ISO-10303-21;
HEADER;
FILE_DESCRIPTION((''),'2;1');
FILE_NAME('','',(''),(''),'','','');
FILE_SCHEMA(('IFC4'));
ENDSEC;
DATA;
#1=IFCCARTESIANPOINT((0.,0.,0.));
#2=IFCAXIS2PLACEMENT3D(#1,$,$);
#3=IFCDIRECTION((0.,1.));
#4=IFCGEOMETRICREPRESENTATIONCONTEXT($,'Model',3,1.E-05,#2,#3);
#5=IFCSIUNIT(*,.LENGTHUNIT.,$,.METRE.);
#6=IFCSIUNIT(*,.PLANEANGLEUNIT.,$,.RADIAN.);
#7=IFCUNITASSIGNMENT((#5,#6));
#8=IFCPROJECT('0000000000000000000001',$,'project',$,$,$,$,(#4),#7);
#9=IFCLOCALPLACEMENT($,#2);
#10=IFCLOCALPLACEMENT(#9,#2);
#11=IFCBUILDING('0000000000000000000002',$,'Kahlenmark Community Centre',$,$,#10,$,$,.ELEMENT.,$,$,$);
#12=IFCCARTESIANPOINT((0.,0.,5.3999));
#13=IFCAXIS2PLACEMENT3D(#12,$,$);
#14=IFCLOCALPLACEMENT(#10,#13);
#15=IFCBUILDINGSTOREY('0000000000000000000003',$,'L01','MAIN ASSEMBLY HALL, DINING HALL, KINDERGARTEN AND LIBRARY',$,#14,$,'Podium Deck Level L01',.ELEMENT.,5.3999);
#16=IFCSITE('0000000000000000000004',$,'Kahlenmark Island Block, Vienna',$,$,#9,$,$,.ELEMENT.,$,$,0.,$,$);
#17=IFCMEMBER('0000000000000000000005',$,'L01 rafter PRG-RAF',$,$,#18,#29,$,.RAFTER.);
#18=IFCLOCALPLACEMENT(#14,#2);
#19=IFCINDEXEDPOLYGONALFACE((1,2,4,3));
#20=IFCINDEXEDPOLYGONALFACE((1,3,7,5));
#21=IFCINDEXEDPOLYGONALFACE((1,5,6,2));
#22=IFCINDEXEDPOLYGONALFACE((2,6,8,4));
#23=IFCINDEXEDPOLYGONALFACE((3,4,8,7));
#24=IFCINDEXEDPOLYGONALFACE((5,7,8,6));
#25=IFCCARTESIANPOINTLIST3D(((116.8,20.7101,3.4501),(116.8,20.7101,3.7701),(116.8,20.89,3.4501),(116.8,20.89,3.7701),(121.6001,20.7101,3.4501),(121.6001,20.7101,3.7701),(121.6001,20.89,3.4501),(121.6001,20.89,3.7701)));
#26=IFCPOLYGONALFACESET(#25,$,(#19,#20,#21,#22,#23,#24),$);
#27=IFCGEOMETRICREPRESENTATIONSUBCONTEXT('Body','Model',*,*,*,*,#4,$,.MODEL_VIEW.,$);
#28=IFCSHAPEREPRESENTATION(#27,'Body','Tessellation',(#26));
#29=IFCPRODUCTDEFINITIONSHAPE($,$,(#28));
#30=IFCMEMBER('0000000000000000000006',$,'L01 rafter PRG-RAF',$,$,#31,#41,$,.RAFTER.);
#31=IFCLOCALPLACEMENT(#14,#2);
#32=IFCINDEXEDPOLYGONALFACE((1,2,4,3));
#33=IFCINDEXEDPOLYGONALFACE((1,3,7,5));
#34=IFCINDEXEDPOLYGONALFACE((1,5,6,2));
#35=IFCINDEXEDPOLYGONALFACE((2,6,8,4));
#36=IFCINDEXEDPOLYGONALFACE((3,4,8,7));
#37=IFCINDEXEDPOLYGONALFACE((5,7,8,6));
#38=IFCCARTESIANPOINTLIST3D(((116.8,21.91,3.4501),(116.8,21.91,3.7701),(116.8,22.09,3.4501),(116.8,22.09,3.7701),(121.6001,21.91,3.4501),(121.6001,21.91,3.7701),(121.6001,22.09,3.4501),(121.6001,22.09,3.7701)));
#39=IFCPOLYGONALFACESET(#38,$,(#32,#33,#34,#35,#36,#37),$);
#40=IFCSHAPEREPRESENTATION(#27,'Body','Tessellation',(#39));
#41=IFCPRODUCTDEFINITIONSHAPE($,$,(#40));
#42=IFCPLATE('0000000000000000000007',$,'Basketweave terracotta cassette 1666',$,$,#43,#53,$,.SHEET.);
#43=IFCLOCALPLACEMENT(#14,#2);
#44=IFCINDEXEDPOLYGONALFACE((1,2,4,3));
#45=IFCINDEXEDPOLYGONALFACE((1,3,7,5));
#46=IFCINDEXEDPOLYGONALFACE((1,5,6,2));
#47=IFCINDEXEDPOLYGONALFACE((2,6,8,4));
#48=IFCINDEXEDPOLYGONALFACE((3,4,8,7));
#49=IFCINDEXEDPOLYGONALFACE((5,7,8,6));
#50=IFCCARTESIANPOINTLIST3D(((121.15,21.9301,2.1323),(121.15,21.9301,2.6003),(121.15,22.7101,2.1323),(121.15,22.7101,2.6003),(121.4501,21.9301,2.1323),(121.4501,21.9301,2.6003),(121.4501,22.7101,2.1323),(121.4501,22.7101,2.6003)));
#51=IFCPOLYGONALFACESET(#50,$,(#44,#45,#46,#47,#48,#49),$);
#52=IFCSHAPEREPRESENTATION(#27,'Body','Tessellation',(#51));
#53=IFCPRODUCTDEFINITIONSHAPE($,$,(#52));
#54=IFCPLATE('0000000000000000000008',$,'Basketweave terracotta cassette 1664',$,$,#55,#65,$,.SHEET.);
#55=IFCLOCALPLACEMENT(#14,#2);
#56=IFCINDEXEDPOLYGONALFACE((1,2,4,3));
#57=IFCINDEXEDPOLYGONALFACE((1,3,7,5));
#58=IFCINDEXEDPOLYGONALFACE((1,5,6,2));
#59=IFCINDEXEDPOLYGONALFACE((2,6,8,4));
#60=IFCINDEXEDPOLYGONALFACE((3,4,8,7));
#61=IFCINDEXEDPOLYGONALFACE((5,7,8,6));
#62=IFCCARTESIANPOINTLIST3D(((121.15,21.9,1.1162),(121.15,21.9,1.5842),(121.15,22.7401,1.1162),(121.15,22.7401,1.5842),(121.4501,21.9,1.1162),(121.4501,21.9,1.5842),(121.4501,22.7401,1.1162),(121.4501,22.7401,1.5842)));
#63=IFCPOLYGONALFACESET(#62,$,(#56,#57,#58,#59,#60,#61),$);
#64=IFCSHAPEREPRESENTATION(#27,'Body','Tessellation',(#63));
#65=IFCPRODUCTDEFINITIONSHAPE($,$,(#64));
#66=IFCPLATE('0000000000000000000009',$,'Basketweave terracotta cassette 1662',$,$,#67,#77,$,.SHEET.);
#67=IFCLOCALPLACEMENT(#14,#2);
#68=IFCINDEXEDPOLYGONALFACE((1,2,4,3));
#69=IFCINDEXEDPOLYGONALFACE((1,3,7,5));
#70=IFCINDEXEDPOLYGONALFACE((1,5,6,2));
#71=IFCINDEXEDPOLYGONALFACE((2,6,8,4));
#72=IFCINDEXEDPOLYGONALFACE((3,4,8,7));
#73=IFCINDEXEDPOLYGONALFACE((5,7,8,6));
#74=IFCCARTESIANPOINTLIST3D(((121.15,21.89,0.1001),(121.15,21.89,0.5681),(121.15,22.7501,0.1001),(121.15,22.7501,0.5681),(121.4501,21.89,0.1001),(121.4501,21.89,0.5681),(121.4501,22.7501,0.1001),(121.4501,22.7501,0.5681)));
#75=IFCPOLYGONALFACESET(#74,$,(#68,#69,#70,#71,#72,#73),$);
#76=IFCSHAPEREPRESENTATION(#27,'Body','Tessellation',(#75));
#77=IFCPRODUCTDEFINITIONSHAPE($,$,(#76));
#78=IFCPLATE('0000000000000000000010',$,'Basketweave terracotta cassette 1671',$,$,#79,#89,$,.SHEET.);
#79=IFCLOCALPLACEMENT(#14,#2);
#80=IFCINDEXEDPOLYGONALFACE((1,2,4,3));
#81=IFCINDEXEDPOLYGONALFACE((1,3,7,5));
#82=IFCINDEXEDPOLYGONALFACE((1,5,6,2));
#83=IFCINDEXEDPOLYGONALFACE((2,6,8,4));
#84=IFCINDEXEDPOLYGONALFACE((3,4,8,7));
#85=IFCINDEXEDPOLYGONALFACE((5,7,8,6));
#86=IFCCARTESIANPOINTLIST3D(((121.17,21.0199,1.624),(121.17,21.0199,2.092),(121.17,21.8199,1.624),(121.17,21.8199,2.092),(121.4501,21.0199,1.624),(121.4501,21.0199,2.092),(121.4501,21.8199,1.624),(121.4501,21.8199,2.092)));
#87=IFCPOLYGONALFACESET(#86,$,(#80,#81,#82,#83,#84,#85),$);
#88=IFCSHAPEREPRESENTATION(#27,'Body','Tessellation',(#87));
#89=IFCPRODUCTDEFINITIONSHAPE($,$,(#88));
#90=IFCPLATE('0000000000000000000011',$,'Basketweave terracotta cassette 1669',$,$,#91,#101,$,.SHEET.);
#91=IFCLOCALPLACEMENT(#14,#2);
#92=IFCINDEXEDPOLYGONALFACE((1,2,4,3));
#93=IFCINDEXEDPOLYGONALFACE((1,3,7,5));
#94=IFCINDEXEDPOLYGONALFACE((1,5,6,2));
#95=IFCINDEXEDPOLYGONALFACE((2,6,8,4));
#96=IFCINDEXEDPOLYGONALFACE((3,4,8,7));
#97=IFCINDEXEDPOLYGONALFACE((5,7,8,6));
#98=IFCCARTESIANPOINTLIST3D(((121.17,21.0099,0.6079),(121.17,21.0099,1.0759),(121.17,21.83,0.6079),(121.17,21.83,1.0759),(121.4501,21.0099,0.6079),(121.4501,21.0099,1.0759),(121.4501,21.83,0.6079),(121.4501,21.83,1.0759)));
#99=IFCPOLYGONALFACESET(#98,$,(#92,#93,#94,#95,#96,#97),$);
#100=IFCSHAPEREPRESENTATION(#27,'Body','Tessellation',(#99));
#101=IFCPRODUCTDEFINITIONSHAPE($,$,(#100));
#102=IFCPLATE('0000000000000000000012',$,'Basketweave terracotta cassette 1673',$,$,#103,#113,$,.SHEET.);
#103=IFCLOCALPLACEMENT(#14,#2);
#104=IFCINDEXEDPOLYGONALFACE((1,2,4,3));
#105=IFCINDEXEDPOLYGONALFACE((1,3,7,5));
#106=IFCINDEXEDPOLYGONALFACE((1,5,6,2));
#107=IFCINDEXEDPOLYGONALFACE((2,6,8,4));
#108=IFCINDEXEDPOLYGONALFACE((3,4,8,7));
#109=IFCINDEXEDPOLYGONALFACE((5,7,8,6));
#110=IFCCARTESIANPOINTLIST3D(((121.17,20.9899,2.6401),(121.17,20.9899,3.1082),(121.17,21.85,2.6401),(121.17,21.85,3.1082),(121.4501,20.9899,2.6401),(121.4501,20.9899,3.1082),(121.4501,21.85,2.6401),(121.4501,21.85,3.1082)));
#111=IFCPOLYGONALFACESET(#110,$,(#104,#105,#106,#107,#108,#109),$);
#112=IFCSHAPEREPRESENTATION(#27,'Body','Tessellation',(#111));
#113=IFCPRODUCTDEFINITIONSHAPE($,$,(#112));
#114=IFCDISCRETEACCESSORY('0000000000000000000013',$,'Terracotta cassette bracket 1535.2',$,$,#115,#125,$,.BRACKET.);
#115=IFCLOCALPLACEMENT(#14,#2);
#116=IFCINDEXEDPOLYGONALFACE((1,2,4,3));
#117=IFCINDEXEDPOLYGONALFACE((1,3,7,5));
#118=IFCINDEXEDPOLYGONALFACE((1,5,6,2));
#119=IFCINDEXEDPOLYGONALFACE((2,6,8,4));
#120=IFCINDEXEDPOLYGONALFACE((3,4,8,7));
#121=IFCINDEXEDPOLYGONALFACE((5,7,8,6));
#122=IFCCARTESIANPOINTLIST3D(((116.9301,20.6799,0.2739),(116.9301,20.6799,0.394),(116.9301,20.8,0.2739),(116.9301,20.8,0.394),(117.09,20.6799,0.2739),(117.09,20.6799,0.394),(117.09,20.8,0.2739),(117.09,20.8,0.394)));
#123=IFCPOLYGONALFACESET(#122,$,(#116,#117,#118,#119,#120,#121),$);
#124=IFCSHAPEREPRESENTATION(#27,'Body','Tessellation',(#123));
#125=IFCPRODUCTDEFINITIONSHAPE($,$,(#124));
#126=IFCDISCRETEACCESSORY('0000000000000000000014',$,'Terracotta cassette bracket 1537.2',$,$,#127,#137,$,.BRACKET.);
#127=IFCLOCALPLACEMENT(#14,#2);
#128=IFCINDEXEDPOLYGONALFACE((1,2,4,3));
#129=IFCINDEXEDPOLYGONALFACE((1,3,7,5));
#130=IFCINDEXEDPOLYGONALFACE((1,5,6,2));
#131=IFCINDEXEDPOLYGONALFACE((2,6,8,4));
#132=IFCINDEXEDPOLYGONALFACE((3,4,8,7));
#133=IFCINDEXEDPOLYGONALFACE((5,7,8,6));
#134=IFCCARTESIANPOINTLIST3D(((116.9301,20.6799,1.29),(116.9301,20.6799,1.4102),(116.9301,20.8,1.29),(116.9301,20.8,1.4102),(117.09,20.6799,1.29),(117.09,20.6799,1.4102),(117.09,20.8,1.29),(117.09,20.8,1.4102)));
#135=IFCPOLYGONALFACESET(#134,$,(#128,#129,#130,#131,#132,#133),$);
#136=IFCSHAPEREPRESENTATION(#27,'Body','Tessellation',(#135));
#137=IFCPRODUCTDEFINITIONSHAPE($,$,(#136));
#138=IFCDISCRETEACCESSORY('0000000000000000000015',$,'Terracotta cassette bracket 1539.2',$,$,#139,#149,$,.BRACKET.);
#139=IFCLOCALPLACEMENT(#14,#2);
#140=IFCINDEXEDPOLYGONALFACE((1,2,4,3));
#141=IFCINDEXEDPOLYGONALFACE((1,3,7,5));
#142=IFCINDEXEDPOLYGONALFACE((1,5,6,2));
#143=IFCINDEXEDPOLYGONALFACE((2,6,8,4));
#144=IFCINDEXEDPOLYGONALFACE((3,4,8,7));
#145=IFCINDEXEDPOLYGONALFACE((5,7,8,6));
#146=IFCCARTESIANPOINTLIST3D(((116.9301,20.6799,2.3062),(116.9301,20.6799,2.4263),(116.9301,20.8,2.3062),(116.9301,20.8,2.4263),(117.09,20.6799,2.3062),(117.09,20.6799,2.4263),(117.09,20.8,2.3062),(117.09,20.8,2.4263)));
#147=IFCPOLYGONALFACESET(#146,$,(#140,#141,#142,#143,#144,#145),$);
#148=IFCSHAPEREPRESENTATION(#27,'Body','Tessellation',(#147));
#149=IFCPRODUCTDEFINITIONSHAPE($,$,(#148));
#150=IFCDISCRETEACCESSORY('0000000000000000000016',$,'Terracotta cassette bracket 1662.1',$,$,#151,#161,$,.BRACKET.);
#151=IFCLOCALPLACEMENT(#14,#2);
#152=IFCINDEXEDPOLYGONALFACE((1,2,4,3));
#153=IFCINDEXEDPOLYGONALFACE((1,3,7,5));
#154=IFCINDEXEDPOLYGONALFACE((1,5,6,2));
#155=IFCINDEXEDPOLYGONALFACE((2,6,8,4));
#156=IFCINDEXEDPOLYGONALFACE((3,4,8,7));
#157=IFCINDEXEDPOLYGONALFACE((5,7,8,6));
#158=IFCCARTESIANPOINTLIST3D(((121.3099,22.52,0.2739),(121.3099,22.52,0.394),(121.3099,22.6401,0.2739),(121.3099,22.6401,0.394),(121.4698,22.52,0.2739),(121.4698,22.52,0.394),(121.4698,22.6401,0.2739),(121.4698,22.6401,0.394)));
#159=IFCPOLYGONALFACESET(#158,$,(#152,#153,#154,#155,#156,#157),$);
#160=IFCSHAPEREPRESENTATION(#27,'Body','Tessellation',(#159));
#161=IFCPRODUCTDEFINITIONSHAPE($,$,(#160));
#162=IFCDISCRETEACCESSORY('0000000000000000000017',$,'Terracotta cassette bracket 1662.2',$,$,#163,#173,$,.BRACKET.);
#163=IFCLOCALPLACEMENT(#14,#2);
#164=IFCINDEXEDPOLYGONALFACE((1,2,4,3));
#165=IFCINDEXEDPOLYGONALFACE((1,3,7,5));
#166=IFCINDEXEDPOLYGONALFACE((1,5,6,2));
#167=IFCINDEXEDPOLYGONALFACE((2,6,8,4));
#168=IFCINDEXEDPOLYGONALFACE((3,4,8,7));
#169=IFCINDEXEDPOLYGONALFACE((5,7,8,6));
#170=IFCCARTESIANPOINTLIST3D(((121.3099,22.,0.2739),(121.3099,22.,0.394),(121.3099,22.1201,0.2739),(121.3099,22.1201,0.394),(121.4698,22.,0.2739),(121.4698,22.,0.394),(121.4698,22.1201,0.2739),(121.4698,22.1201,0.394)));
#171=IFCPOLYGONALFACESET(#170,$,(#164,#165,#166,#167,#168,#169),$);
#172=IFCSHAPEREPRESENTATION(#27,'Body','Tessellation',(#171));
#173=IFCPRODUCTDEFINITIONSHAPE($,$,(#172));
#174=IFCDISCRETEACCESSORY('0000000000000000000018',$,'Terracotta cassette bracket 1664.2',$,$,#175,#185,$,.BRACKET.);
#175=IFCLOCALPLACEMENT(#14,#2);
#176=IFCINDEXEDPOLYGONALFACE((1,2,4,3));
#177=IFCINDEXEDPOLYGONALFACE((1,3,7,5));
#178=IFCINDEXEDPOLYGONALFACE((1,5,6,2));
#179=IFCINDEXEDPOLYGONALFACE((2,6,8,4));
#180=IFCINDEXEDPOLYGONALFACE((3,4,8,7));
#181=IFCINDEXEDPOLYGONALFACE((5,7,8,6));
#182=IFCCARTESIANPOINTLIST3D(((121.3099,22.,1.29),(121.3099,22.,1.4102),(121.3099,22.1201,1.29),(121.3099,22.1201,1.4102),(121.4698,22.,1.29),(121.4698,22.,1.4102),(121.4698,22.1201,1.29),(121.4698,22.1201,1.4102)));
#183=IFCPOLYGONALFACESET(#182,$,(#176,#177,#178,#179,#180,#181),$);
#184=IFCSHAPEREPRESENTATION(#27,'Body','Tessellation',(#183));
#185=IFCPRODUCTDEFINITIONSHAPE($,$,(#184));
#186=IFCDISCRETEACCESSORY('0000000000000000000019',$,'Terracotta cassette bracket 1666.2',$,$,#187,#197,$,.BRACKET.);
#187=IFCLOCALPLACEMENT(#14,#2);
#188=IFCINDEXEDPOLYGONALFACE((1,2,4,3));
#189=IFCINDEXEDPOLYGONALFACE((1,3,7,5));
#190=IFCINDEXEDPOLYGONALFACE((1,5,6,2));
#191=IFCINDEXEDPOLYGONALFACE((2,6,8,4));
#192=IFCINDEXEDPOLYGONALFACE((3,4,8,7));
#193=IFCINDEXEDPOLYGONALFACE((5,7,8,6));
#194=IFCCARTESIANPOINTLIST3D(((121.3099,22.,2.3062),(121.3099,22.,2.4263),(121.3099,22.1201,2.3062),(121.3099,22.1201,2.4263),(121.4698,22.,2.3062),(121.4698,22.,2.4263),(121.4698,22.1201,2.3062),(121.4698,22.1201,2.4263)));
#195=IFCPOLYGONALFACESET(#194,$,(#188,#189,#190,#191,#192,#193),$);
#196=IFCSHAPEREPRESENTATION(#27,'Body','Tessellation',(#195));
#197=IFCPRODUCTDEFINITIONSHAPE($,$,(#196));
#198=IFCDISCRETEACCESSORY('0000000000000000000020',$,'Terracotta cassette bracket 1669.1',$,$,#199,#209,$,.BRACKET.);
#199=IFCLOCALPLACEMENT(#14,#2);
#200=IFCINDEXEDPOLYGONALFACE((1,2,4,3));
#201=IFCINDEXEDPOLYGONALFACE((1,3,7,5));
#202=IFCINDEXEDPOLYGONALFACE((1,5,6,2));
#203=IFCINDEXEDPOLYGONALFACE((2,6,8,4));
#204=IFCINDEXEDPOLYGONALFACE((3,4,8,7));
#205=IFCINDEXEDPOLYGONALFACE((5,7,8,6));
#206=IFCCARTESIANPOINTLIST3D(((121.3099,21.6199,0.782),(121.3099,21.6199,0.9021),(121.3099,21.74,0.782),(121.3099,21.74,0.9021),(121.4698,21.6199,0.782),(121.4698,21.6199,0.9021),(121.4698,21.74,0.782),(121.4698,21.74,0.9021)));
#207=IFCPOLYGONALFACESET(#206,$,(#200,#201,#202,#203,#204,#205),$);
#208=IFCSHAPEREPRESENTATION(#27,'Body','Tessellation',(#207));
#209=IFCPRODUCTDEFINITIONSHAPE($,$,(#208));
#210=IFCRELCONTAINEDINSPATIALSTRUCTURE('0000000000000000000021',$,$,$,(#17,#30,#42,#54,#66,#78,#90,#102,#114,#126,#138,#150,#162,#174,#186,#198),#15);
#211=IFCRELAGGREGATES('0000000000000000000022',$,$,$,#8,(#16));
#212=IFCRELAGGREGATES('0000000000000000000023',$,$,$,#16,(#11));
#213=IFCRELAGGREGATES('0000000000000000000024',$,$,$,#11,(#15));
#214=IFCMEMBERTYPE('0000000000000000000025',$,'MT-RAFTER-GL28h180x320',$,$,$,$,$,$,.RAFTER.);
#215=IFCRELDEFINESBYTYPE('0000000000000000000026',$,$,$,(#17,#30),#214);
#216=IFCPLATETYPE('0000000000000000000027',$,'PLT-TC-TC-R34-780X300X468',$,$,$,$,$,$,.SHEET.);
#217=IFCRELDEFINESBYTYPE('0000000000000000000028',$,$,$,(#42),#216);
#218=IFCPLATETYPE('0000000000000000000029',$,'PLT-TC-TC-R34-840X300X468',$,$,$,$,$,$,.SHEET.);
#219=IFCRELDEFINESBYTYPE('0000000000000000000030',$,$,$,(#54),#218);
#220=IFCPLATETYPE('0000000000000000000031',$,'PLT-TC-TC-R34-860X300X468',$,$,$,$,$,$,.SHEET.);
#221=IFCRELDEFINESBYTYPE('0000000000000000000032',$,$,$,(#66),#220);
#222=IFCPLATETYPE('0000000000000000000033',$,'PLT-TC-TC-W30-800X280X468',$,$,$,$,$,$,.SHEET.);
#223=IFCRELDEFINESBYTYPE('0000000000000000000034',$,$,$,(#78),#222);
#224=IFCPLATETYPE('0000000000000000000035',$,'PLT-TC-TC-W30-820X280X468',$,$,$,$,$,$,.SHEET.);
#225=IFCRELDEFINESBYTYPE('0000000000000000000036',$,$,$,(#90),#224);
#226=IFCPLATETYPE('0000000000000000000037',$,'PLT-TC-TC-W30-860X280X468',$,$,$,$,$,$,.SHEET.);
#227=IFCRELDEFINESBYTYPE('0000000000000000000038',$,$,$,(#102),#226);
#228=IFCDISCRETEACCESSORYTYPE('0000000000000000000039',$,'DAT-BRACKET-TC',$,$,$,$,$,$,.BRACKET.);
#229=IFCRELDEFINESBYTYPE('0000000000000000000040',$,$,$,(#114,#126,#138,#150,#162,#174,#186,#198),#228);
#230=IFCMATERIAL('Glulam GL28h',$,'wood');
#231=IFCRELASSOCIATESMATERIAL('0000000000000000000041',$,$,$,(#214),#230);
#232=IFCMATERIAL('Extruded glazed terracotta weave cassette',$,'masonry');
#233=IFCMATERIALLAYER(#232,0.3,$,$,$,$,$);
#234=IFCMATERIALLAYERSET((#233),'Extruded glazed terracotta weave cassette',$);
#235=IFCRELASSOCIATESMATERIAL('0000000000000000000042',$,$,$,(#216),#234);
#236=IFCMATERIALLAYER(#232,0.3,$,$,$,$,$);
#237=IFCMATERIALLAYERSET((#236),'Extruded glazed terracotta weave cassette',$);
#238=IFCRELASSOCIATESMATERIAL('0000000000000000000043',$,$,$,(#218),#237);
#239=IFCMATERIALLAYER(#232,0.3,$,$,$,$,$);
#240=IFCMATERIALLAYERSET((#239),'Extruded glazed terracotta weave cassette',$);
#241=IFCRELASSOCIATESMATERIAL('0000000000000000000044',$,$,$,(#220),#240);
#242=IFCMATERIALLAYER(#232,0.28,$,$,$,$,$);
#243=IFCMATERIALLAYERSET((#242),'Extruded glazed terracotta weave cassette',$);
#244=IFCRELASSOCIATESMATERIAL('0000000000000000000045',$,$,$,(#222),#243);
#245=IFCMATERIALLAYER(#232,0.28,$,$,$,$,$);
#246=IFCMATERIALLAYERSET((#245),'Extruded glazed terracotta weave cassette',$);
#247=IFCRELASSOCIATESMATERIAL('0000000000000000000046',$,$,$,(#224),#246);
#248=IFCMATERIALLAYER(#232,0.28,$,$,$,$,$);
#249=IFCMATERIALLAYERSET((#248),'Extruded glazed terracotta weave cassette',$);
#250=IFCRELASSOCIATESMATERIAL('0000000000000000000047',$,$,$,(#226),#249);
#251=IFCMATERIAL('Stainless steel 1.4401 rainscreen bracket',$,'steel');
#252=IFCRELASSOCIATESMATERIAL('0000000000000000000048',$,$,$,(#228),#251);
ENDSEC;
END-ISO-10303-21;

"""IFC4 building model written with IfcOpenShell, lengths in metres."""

from ifc_helpers import new_model, si_unit, direction, frame, origin, origin_2d, place, context, subcontext, project, spatial, rectangle, extrude, material, layer, layer_set, material_profile, profile_set, type_object, element, save


model = new_model("IFC4")

# Units and contexts
model_context = context("Model", 3, precision=1e-05, world=origin(), true_north=direction((0.0, 1.0)))
body_context = subcontext(model_context, "Body", "Model", "MODEL_VIEW")
ifc_project = project(units=[si_unit("LENGTHUNIT", "METRE"), si_unit("PLANEANGLEUNIT", "RADIAN")], contexts=[model_context])

# Site, building, storey
site_placement = place(None, origin())
site = spatial("IfcSite", under=ifc_project, at=site_placement, Name="Kahlenmark Island Block, Vienna", CompositionType="ELEMENT", RefElevation=0.0)
building_placement = place(site_placement, origin())
building = spatial("IfcBuilding", under=site, at=building_placement, Name="Kahlenmark Community Centre", CompositionType="ELEMENT")
storey_placement = place(building_placement, frame((0.0, 0.0, 5.3999)))
storey = spatial("IfcBuildingStorey", under=building, at=storey_placement, Name="L01", Description="MAIN ASSEMBLY HALL, DINING HALL, KINDERGARTEN AND LIBRARY", LongName="Podium Deck Level L01", CompositionType="ELEMENT", Elevation=5.3999)

# Members
ifc_material_1 = material(Name="Glulam GL28h", Category="wood")
ifc_material_profile = material_profile(ifc_material_1, rectangle(XDim=0.1799, YDim=0.3201, at=origin_2d()), Name="GL28h 180x320")
ifc_profile_set = profile_set([ifc_material_profile], Name="Glulam GL28h")
member_type = type_object("IfcMemberType", Name="MT-RAFTER-GL28h180x320", PredefinedType="RAFTER", material=ifc_profile_set)
for number, where, z_axis, x_axis, name in (
    (1, (116.8, 20.8, 3.6101), (1.0, 0.0, 0.0), (0.0, 1.0, 0.0), "L01 rafter PRG-RAF"),
    (2, (116.8, 22.0, 3.6101), (1.0, 0.0, 0.0), (0.0, 1.0, 0.0), "L01 rafter PRG-RAF"),
):
    element("IfcMember", number, at=place(storey_placement, frame(where, z_axis=z_axis, x_axis=x_axis)), inside=storey, type_object=member_type, Name=name, PredefinedType="RAFTER", context=body_context, shape_type="SweptSolid", body=[
        extrude(rectangle(XDim=0.1799, YDim=0.3201, at=origin_2d()), origin(), (0.0, 0.0, 1.0), 4.8),
    ])

# Plates
ifc_material_2 = material(Name="Extruded glazed terracotta weave cassette", Category="masonry")
ifc_layer_1 = layer(ifc_material_2, 0.3)
ifc_layer_set_1 = layer_set([ifc_layer_1], Name="Extruded glazed terracotta weave cassette")
plate_type_1 = type_object("IfcPlateType", Name="PLT-TC-TC-R34-780X300X468", PredefinedType="SHEET", material=ifc_layer_set_1)
plate_1_placement = place(storey_placement, frame((121.3, 22.3201, 2.1323), z_axis=(0.0, 0.0, 1.0), x_axis=(0.0, -1.0, 0.0)))
element("IfcPlate", 3, at=plate_1_placement, inside=storey, type_object=plate_type_1, Name="Basketweave terracotta cassette 1666", PredefinedType="SHEET", context=body_context, shape_type="SweptSolid", body=[
    extrude(rectangle(XDim=0.78, YDim=0.3, at=origin_2d()), origin(), (0.0, 0.0, 1.0), 0.468),
])
ifc_layer_2 = layer(ifc_material_2, 0.3)
ifc_layer_set_2 = layer_set([ifc_layer_2], Name="Extruded glazed terracotta weave cassette")
plate_type_2 = type_object("IfcPlateType", Name="PLT-TC-TC-R34-840X300X468", PredefinedType="SHEET", material=ifc_layer_set_2)
plate_2_placement = place(storey_placement, frame((121.3, 22.3201, 1.1162), z_axis=(0.0, 0.0, 1.0), x_axis=(0.0, -1.0, 0.0)))
element("IfcPlate", 4, at=plate_2_placement, inside=storey, type_object=plate_type_2, Name="Basketweave terracotta cassette 1664", PredefinedType="SHEET", context=body_context, shape_type="SweptSolid", body=[
    extrude(rectangle(XDim=0.8401, YDim=0.3, at=origin_2d()), origin(), (0.0, 0.0, 1.0), 0.468),
])
ifc_layer_3 = layer(ifc_material_2, 0.3)
ifc_layer_set_3 = layer_set([ifc_layer_3], Name="Extruded glazed terracotta weave cassette")
plate_type_3 = type_object("IfcPlateType", Name="PLT-TC-TC-R34-860X300X468", PredefinedType="SHEET", material=ifc_layer_set_3)
plate_3_placement = place(storey_placement, frame((121.3, 22.3201, 0.1001), z_axis=(0.0, 0.0, 1.0), x_axis=(0.0, -1.0, 0.0)))
element("IfcPlate", 5, at=plate_3_placement, inside=storey, type_object=plate_type_3, Name="Basketweave terracotta cassette 1662", PredefinedType="SHEET", context=body_context, shape_type="SweptSolid", body=[
    extrude(rectangle(XDim=0.8601, YDim=0.3, at=origin_2d()), origin(), (0.0, 0.0, 1.0), 0.468),
])
ifc_layer_4 = layer(ifc_material_2, 0.28)
ifc_layer_set_4 = layer_set([ifc_layer_4], Name="Extruded glazed terracotta weave cassette")
plate_type_4 = type_object("IfcPlateType", Name="PLT-TC-TC-W30-800X280X468", PredefinedType="SHEET", material=ifc_layer_set_4)
plate_4_placement = place(storey_placement, frame((121.3101, 21.4199, 1.624), z_axis=(0.0, 0.0, 1.0), x_axis=(0.0, -1.0, 0.0)))
element("IfcPlate", 6, at=plate_4_placement, inside=storey, type_object=plate_type_4, Name="Basketweave terracotta cassette 1671", PredefinedType="SHEET", context=body_context, shape_type="SweptSolid", body=[
    extrude(rectangle(XDim=0.8, YDim=0.28, at=origin_2d()), origin(), (0.0, 0.0, 1.0), 0.468),
])
ifc_layer_5 = layer(ifc_material_2, 0.28)
ifc_layer_set_5 = layer_set([ifc_layer_5], Name="Extruded glazed terracotta weave cassette")
plate_type_5 = type_object("IfcPlateType", Name="PLT-TC-TC-W30-820X280X468", PredefinedType="SHEET", material=ifc_layer_set_5)
plate_5_placement = place(storey_placement, frame((121.3101, 21.4199, 0.6079), z_axis=(0.0, 0.0, 1.0), x_axis=(0.0, -1.0, 0.0)))
element("IfcPlate", 7, at=plate_5_placement, inside=storey, type_object=plate_type_5, Name="Basketweave terracotta cassette 1669", PredefinedType="SHEET", context=body_context, shape_type="SweptSolid", body=[
    extrude(rectangle(XDim=0.8201, YDim=0.28, at=origin_2d()), origin(), (0.0, 0.0, 1.0), 0.468),
])
ifc_layer_6 = layer(ifc_material_2, 0.28)
ifc_layer_set_6 = layer_set([ifc_layer_6], Name="Extruded glazed terracotta weave cassette")
plate_type_6 = type_object("IfcPlateType", Name="PLT-TC-TC-W30-860X280X468", PredefinedType="SHEET", material=ifc_layer_set_6)
plate_6_placement = place(storey_placement, frame((121.3101, 21.4199, 2.6401), z_axis=(0.0, 0.0, 1.0), x_axis=(0.0, -1.0, 0.0)))
element("IfcPlate", 8, at=plate_6_placement, inside=storey, type_object=plate_type_6, Name="Basketweave terracotta cassette 1673", PredefinedType="SHEET", context=body_context, shape_type="SweptSolid", body=[
    extrude(rectangle(XDim=0.8601, YDim=0.28, at=origin_2d()), origin(), (0.0, 0.0, 1.0), 0.468),
])

# Discrete accessories
ifc_material_3 = material(Name="Stainless steel 1.4401 rainscreen bracket", Category="steel")
discrete_accessory_type = type_object("IfcDiscreteAccessoryType", Name="DAT-BRACKET-TC", PredefinedType="BRACKET", material=ifc_material_3)
for number, where, z_axis, x_axis, name in (
    (9, (117.01, 20.74, 0.2739), (0.0, 0.0, 1.0), (0.0, 1.0, 0.0), "Terracotta cassette bracket 1535.2"),
    (10, (117.01, 20.74, 1.29), (0.0, 0.0, 1.0), (0.0, 1.0, 0.0), "Terracotta cassette bracket 1537.2"),
    (11, (117.01, 20.74, 2.3062), (0.0, 0.0, 1.0), (0.0, 1.0, 0.0), "Terracotta cassette bracket 1539.2"),
    (12, (121.3899, 22.5801, 0.2739), (0.0, 0.0, 1.0), (0.0, -1.0, 0.0), "Terracotta cassette bracket 1662.1"),
    (13, (121.3899, 22.0601, 0.2739), (0.0, 0.0, 1.0), (0.0, -1.0, 0.0), "Terracotta cassette bracket 1662.2"),
    (14, (121.3899, 22.0601, 1.29), (0.0, 0.0, 1.0), (0.0, -1.0, 0.0), "Terracotta cassette bracket 1664.2"),
    (15, (121.3899, 22.0601, 2.3062), (0.0, 0.0, 1.0), (0.0, -1.0, 0.0), "Terracotta cassette bracket 1666.2"),
    (16, (121.3899, 21.6799, 0.782), (0.0, 0.0, 1.0), (0.0, -1.0, 0.0), "Terracotta cassette bracket 1669.1"),
):
    element("IfcDiscreteAccessory", number, at=place(storey_placement, frame(where, z_axis=z_axis, x_axis=x_axis)), inside=storey, type_object=discrete_accessory_type, Name=name, PredefinedType="BRACKET", context=body_context, shape_type="SweptSolid", body=[
        extrude(rectangle(XDim=0.1201, YDim=0.1599, at=origin_2d()), origin(), (0.0, 0.0, 1.0), 0.1201),
    ])

save(model, "model.ifc")
